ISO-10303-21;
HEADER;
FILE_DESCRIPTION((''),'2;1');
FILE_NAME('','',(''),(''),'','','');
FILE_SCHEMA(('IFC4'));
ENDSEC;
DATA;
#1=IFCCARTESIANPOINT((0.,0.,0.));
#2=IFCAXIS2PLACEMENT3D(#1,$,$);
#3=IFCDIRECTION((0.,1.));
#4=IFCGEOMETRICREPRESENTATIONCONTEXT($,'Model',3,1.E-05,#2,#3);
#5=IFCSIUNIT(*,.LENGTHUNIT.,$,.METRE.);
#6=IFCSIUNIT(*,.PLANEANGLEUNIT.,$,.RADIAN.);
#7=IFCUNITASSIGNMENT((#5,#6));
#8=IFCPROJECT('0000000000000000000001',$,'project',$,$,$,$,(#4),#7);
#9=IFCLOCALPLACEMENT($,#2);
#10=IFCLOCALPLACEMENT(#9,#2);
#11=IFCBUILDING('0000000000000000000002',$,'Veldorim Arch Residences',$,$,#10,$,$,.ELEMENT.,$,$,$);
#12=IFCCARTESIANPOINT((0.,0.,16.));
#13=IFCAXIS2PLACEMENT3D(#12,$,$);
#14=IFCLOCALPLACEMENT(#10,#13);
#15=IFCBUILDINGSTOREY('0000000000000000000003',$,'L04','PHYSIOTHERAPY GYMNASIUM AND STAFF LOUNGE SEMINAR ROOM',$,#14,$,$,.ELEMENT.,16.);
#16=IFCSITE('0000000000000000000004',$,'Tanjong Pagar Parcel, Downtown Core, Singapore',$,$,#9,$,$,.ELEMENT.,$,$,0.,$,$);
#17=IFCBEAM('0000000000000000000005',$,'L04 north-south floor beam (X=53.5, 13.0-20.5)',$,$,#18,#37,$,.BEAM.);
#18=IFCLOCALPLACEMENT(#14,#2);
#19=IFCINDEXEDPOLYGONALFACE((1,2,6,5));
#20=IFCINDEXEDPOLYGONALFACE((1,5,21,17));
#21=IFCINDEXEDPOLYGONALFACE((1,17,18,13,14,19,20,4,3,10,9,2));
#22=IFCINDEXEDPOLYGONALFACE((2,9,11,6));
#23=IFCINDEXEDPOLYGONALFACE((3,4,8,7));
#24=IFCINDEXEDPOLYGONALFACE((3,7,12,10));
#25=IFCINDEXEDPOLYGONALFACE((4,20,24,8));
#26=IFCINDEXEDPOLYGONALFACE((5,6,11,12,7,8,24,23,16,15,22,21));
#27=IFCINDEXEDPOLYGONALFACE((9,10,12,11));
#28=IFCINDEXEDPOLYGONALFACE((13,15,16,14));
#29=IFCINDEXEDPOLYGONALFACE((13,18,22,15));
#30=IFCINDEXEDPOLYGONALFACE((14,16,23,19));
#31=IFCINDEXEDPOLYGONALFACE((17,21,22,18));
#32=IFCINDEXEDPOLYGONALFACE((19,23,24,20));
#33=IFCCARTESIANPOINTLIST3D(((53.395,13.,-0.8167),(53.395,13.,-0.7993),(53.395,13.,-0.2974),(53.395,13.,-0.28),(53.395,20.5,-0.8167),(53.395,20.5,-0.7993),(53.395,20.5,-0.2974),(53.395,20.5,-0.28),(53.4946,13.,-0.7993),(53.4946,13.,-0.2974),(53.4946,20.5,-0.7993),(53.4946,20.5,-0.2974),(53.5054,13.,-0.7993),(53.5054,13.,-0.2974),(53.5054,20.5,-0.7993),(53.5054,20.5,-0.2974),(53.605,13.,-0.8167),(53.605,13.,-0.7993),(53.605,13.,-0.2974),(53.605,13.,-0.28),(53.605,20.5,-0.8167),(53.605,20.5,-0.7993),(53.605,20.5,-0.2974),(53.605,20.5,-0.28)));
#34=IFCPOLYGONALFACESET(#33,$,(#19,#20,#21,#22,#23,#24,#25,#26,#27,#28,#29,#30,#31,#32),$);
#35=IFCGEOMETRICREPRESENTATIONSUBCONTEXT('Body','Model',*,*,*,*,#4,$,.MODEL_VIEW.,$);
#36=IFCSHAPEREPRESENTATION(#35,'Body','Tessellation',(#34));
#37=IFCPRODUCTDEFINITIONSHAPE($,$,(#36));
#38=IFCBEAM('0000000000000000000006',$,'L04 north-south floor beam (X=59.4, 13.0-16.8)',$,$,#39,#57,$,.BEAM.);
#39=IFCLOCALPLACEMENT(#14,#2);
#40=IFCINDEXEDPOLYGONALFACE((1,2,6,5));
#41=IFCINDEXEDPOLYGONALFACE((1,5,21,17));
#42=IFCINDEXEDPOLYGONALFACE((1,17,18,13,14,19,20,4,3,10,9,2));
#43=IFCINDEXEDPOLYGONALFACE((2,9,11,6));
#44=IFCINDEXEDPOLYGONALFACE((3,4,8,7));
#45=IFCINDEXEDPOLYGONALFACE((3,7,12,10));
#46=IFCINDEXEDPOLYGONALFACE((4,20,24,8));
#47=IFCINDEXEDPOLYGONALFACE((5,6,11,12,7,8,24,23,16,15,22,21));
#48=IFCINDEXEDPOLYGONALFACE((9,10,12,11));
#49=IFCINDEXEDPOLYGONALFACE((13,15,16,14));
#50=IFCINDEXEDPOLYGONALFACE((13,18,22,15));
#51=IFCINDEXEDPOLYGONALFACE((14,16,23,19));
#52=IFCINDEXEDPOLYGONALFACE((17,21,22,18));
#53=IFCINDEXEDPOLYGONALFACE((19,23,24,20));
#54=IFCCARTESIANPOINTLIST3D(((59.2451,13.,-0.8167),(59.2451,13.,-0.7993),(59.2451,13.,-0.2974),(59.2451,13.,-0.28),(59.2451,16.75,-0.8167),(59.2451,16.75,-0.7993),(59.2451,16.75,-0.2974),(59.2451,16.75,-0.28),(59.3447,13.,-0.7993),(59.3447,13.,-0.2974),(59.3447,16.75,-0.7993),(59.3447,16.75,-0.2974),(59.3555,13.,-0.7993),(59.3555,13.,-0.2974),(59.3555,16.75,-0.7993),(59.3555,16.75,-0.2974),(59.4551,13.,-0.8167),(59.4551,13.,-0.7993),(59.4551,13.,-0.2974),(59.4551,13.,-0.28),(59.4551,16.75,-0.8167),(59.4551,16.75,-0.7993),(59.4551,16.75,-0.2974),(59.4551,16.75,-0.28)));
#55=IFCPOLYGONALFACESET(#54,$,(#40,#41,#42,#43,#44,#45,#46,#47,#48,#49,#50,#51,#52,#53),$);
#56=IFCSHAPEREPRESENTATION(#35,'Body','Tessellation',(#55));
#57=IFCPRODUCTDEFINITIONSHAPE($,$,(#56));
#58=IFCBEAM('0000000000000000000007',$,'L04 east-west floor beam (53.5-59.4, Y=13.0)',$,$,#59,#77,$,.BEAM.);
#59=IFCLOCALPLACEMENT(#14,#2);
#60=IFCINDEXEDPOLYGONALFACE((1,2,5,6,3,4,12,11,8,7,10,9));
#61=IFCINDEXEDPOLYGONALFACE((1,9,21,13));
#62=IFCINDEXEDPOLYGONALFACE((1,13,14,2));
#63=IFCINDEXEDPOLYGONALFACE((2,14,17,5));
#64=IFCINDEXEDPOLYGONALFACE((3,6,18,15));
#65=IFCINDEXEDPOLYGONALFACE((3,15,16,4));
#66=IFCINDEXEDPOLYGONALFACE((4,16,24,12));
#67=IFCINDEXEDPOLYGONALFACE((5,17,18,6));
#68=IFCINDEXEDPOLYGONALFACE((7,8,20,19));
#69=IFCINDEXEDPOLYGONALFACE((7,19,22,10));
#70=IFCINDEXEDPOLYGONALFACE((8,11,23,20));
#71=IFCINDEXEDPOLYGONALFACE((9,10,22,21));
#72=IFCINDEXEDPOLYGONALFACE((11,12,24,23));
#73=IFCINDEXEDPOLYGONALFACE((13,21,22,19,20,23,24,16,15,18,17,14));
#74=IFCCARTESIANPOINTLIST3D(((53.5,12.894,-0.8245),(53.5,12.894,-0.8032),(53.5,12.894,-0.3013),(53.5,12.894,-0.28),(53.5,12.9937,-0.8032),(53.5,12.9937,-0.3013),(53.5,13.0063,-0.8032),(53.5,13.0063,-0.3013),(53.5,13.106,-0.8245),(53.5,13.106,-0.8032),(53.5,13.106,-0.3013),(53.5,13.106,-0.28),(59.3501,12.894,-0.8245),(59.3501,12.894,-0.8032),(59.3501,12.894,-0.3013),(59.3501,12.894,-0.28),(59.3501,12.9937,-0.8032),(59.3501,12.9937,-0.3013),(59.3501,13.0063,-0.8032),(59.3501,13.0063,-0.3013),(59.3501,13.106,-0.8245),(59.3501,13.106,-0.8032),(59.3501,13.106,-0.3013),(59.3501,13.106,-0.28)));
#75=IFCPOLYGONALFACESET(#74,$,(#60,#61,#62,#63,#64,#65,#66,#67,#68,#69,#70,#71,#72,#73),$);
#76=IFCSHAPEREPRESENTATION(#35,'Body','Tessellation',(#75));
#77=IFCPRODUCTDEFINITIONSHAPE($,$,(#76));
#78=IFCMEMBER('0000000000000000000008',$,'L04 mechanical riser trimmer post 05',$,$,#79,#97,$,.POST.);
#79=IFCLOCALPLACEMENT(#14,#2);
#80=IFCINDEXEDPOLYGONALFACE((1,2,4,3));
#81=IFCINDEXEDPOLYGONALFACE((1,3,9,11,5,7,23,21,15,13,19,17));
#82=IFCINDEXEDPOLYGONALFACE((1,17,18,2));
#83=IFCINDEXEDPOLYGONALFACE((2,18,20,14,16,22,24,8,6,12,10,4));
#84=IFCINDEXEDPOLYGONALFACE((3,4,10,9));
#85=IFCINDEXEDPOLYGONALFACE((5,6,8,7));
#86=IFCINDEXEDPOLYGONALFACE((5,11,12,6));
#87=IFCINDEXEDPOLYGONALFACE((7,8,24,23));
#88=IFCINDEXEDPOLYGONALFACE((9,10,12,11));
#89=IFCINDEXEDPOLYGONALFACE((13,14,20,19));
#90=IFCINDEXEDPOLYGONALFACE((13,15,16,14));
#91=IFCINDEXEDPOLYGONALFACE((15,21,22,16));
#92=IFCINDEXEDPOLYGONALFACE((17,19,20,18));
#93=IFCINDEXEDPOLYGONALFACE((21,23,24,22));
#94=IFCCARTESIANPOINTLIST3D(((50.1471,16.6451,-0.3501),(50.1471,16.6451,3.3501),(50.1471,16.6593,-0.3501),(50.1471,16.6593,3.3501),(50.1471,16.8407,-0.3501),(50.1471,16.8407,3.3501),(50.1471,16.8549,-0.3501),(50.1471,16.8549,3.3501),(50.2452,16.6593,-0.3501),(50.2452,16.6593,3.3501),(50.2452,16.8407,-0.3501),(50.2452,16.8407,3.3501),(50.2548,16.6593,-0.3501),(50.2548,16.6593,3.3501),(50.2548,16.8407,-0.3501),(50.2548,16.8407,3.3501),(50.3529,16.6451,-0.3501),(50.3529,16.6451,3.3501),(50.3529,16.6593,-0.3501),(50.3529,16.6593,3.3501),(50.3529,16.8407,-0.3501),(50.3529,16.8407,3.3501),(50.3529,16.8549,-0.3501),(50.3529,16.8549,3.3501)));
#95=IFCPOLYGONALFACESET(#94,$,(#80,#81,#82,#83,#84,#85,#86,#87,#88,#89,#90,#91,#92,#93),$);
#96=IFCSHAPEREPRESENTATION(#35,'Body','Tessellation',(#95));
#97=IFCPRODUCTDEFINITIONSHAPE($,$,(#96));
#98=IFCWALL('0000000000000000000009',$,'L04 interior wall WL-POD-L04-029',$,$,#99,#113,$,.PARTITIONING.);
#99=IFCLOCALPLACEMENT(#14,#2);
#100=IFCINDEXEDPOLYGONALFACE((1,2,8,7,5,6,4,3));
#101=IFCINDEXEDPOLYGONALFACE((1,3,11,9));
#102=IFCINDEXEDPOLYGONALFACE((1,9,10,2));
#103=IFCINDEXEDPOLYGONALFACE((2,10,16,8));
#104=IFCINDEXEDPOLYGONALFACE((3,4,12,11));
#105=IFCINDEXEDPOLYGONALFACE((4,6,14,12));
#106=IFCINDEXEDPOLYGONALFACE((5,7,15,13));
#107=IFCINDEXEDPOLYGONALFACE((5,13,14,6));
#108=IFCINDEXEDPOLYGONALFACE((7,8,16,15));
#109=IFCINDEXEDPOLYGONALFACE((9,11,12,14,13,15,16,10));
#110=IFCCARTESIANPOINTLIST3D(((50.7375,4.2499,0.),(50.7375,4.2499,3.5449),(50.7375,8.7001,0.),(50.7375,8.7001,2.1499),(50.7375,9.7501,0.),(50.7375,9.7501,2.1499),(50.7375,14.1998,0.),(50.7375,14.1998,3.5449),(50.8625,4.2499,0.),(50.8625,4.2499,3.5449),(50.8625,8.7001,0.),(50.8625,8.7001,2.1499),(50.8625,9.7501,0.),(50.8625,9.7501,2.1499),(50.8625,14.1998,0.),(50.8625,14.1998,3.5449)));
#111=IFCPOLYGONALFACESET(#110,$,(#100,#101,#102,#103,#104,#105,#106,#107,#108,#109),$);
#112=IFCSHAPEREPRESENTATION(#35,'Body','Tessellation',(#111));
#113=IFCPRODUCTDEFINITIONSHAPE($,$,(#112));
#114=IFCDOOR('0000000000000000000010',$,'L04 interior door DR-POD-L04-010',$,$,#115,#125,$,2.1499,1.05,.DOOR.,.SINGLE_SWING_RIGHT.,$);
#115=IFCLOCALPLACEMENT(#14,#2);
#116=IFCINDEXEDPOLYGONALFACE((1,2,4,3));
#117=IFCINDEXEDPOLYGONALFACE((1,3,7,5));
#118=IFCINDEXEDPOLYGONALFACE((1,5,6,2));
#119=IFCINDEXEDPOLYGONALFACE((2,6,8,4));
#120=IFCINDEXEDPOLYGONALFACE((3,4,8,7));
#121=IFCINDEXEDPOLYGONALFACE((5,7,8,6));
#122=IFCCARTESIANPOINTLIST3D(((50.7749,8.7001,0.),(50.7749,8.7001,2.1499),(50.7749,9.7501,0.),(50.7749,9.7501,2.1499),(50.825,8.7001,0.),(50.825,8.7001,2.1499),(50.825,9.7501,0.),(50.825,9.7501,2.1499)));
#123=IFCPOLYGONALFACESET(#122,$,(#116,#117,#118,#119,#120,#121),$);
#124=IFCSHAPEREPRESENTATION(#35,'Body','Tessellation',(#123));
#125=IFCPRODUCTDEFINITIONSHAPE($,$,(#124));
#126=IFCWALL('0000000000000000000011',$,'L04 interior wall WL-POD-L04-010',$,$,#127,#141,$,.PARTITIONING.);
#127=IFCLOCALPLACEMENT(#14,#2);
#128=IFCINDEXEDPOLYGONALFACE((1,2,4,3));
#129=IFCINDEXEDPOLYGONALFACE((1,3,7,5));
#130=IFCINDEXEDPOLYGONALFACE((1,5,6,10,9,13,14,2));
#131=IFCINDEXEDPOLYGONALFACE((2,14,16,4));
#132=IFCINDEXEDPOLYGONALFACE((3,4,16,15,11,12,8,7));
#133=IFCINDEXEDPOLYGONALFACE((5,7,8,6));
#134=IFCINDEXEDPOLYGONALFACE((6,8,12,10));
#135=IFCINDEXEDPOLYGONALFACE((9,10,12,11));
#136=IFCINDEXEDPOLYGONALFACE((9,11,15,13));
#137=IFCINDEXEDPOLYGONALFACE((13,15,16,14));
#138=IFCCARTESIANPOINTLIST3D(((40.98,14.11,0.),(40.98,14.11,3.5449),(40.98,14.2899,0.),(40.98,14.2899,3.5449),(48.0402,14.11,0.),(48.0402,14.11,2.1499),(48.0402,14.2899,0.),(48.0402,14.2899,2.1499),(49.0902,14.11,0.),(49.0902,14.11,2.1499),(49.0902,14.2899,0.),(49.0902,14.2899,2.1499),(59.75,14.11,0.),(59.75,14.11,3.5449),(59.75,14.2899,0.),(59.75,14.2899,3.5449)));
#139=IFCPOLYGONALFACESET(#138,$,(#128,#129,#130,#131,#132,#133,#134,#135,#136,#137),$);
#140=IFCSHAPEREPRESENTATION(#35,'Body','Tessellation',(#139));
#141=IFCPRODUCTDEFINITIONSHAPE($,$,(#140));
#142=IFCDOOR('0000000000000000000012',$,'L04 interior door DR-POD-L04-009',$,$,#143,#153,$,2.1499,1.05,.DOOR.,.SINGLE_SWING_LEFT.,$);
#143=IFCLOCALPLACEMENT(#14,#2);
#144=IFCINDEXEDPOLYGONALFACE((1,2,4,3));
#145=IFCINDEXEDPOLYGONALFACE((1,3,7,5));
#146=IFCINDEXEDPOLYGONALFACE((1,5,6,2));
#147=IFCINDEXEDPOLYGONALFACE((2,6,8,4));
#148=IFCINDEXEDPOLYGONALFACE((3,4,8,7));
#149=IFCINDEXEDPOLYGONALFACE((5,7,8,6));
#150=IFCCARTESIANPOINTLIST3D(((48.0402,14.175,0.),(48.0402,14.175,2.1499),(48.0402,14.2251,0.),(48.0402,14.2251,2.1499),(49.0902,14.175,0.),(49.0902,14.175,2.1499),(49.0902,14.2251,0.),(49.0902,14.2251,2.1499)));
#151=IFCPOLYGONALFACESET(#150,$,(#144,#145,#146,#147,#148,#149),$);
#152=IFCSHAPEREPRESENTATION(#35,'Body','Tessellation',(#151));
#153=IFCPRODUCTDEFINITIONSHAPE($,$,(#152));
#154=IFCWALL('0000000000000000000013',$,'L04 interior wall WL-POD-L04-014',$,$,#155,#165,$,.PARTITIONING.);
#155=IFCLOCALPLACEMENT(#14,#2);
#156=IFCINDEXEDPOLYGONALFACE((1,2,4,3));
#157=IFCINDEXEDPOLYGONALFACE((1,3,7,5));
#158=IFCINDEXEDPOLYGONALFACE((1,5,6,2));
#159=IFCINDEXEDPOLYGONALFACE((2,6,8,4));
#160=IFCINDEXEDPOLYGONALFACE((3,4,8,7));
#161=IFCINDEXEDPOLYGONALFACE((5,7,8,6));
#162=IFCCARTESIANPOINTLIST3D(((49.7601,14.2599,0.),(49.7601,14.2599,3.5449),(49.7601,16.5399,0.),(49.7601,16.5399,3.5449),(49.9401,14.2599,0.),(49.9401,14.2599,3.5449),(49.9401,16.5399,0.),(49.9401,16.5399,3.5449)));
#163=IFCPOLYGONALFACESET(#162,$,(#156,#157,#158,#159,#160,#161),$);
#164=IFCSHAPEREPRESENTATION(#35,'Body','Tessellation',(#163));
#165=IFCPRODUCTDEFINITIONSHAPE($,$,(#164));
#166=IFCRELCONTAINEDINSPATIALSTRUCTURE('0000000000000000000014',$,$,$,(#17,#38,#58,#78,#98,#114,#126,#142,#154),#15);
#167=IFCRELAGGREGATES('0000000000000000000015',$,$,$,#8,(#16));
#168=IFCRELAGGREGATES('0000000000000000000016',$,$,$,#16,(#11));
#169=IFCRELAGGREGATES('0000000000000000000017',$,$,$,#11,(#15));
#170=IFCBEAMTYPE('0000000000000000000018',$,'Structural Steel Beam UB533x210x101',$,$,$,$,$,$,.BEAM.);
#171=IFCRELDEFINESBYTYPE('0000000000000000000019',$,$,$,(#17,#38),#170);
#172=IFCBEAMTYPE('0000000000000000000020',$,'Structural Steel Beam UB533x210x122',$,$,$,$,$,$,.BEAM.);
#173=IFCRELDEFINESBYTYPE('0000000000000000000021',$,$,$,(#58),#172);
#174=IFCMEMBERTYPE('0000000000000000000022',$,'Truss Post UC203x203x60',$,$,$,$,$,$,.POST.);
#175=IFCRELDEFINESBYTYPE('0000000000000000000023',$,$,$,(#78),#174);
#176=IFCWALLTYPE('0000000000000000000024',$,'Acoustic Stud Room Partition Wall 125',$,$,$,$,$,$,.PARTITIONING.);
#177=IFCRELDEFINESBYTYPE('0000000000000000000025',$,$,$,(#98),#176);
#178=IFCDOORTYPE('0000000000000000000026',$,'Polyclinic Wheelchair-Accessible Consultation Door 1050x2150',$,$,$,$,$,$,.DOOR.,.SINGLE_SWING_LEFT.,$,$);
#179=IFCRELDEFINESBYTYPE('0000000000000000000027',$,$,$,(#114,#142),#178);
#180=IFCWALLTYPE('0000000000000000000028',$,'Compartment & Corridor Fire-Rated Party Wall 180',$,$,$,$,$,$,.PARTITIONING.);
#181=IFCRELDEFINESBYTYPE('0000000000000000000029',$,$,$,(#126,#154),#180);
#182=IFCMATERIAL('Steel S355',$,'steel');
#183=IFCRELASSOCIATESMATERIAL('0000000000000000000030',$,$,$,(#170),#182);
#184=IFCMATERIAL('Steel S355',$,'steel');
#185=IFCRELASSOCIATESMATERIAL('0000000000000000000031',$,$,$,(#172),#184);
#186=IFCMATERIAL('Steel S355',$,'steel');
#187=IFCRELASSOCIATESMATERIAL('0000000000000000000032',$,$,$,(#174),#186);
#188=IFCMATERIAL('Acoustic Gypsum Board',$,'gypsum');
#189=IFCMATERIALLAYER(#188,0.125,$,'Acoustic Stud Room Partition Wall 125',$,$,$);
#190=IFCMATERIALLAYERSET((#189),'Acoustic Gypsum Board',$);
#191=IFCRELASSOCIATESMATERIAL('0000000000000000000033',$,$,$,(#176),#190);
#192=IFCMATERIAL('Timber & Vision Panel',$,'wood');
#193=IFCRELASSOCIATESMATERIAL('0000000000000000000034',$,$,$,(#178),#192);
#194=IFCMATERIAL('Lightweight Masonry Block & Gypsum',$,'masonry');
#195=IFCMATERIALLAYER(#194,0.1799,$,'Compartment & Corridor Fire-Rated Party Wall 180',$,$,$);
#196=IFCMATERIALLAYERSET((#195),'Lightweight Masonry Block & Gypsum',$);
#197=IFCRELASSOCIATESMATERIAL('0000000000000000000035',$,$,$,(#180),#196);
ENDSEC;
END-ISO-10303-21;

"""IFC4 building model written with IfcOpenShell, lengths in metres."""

from ifc_helpers import new_model, si_unit, direction, frame, frame_2d, origin, origin_2d, place, context, subcontext, project, spatial, rectangle, i_section, extrude, material, layer, layer_set, material_profile, profile_set, type_object, element, fill, save


model = new_model("IFC4")

# Units and contexts
model_context = context("Model", 3, precision=1e-05, world=origin(), true_north=direction((0.0, 1.0)))
body_context = subcontext(model_context, "Body", "Model", "MODEL_VIEW")
ifc_project = project(units=[si_unit("LENGTHUNIT", "METRE"), si_unit("PLANEANGLEUNIT", "RADIAN")], contexts=[model_context])

# Site, building, storey
site_placement = place(None, origin())
site = spatial("IfcSite", under=ifc_project, at=site_placement, Name="Tanjong Pagar Parcel, Downtown Core, Singapore", CompositionType="ELEMENT", RefElevation=0.0)
building_placement = place(site_placement, origin())
building = spatial("IfcBuilding", under=site, at=building_placement, Name="Veldorim Arch Residences", CompositionType="ELEMENT")
storey_placement = place(building_placement, frame((0.0, 0.0, 16.0)))
storey = spatial("IfcBuildingStorey", under=building, at=storey_placement, Name="L04", Description="PHYSIOTHERAPY GYMNASIUM AND STAFF LOUNGE SEMINAR ROOM", CompositionType="ELEMENT", Elevation=16.0)

# Beams
ifc_material_1 = material(Name="Steel S355", Category="steel")
ifc_material_profile_1 = material_profile(ifc_material_1, i_section(OverallWidth=0.21, OverallDepth=0.5366, WebThickness=0.0107, FlangeThickness=0.0173, at=origin_2d()), Name="UB533x210x101")
ifc_profile_set_1 = profile_set([ifc_material_profile_1], Name="Steel S355")
beam_type_1 = type_object("IfcBeamType", Name="Structural Steel Beam UB533x210x101", PredefinedType="BEAM", material=ifc_profile_set_1)
beam_1_placement = place(storey_placement, frame((53.5, 13.0, -0.5483), z_axis=(0.0, 1.0, 0.0), x_axis=(-1.0, 0.0, 0.0)))
element("IfcBeam", 1, at=beam_1_placement, inside=storey, type_object=beam_type_1, Name="L04 north-south floor beam (X=53.5, 13.0-20.5)", PredefinedType="BEAM", context=body_context, shape_type="SweptSolid", body=[
    extrude(i_section(OverallWidth=0.21, OverallDepth=0.5366, WebThickness=0.0107, FlangeThickness=0.0173, at=origin_2d()), origin(), (0.0, 0.0, 1.0), 7.5),
])
beam_2_placement = place(storey_placement, frame((59.3501, 13.0, -0.5483), z_axis=(0.0, 1.0, 0.0), x_axis=(-1.0, 0.0, 0.0)))
element("IfcBeam", 2, at=beam_2_placement, inside=storey, type_object=beam_type_1, Name="L04 north-south floor beam (X=59.4, 13.0-16.8)", PredefinedType="BEAM", context=body_context, shape_type="SweptSolid", body=[
    extrude(i_section(OverallWidth=0.21, OverallDepth=0.5366, WebThickness=0.0107, FlangeThickness=0.0173, at=origin_2d()), origin(), (0.0, 0.0, 1.0), 3.75),
])
ifc_material_2 = material(Name="Steel S355", Category="steel")
ifc_material_profile_2 = material_profile(ifc_material_2, i_section(OverallWidth=0.2119, OverallDepth=0.5444, WebThickness=0.0127, FlangeThickness=0.0212, at=origin_2d()), Name="UB533x210x122")
ifc_profile_set_2 = profile_set([ifc_material_profile_2], Name="Steel S355")
beam_type_2 = type_object("IfcBeamType", Name="Structural Steel Beam UB533x210x122", PredefinedType="BEAM", material=ifc_profile_set_2)
beam_3_placement = place(storey_placement, frame((53.5, 13.0, -0.5522), z_axis=(1.0, 0.0, 0.0), x_axis=(0.0, 1.0, 0.0)))
element("IfcBeam", 3, at=beam_3_placement, inside=storey, type_object=beam_type_2, Name="L04 east-west floor beam (53.5-59.4, Y=13.0)", PredefinedType="BEAM", context=body_context, shape_type="SweptSolid", body=[
    extrude(i_section(OverallWidth=0.2119, OverallDepth=0.5444, WebThickness=0.0127, FlangeThickness=0.0212, at=origin_2d()), origin(), (0.0, 0.0, 1.0), 5.8501),
])

# Member
ifc_material_3 = material(Name="Steel S355", Category="steel")
ifc_material_profile_3 = material_profile(ifc_material_3, i_section(OverallWidth=0.2058, OverallDepth=0.2097, WebThickness=0.0095, FlangeThickness=0.0142, at=origin_2d()), Name="UC203x203x60")
ifc_profile_set_3 = profile_set([ifc_material_profile_3], Name="Steel S355")
member_type = type_object("IfcMemberType", Name="Truss Post UC203x203x60", PredefinedType="POST", material=ifc_profile_set_3)
member_placement = place(storey_placement, frame((50.25, 16.75, -0.3501), z_axis=(0.0, 0.0, 1.0), x_axis=(1.0, 0.0, 0.0)))
element("IfcMember", 4, at=member_placement, inside=storey, type_object=member_type, Name="L04 mechanical riser trimmer post 05", PredefinedType="POST", context=body_context, shape_type="SweptSolid", body=[
    extrude(i_section(OverallWidth=0.2058, OverallDepth=0.2097, WebThickness=0.0095, FlangeThickness=0.0142, at=origin_2d()), origin(), (0.0, 0.0, 1.0), 3.7002),
])

# Walls, openings, doors
ifc_material_4 = material(Name="Acoustic Gypsum Board", Category="gypsum")
ifc_layer_1 = layer(ifc_material_4, 0.125, Name="Acoustic Stud Room Partition Wall 125")
ifc_layer_set_1 = layer_set([ifc_layer_1], Name="Acoustic Gypsum Board")
wall_type_1 = type_object("IfcWallType", Name="Acoustic Stud Room Partition Wall 125", PredefinedType="PARTITIONING", material=ifc_layer_set_1)
wall_1_placement = place(storey_placement, frame((50.8, 14.2, 0.0), z_axis=(0.0, 0.0, 1.0), x_axis=(0.0, -1.0, 0.0)))
wall_1 = element("IfcWall", 5, at=wall_1_placement, inside=storey, type_object=wall_type_1, Name="L04 interior wall WL-POD-L04-029", PredefinedType="PARTITIONING", context=body_context, shape_type="SweptSolid", body=[
    extrude(rectangle(XDim=9.95, YDim=0.125, at=frame_2d((4.9751, 0.0))), origin(), (0.0, 0.0, 1.0), 3.5449),
])
opening_1_placement = place(wall_1_placement, frame((4.45, 0.0, 0.0)))
opening_1 = element("IfcOpeningElement", 6, at=opening_1_placement, cuts=wall_1, PredefinedType="OPENING", context=body_context, shape_type="SweptSolid", body=[
    extrude(rectangle(XDim=1.05, YDim=2.1499, at=frame_2d((0.5249, 1.075))), frame((0.0, 0.0725, 0.0), z_axis=(0.0, -1.0, 0.0), x_axis=(1.0, 0.0, 0.0)), (0.0, 0.0, 1.0), 0.145),
])
ifc_material_5 = material(Name="Timber & Vision Panel", Category="wood")
door_type = type_object("IfcDoorType", Name="Polyclinic Wheelchair-Accessible Consultation Door 1050x2150", OperationType="SINGLE_SWING_LEFT", PredefinedType="DOOR", material=ifc_material_5)
door_1_placement = place(opening_1_placement, origin())
door_1 = element("IfcDoor", 7, at=door_1_placement, inside=storey, type_object=door_type, Name="L04 interior door DR-POD-L04-010", OperationType="SINGLE_SWING_RIGHT", OverallHeight=2.1499, OverallWidth=1.05, PredefinedType="DOOR", context=body_context, shape_type="SweptSolid", body=[
    extrude(rectangle(XDim=1.05, YDim=2.1499, at=frame_2d((0.5249, 1.075))), frame((0.0, 0.0249, 0.0), z_axis=(0.0, -1.0, 0.0), x_axis=(1.0, 0.0, 0.0)), (0.0, 0.0, 1.0), 0.05),
])
fill(opening_1, door_1)
ifc_material_6 = material(Name="Lightweight Masonry Block & Gypsum", Category="masonry")
ifc_layer_2 = layer(ifc_material_6, 0.1799, Name="Compartment & Corridor Fire-Rated Party Wall 180")
ifc_layer_set_2 = layer_set([ifc_layer_2], Name="Lightweight Masonry Block & Gypsum")
wall_type_2 = type_object("IfcWallType", Name="Compartment & Corridor Fire-Rated Party Wall 180", PredefinedType="PARTITIONING", material=ifc_layer_set_2)
wall_2_placement = place(storey_placement, frame((59.75, 14.2, 0.0), z_axis=(0.0, 0.0, 1.0), x_axis=(-1.0, 0.0, 0.0)))
wall_2 = element("IfcWall", 8, at=wall_2_placement, inside=storey, type_object=wall_type_2, Name="L04 interior wall WL-POD-L04-010", PredefinedType="PARTITIONING", context=body_context, shape_type="SweptSolid", body=[
    extrude(rectangle(XDim=18.77, YDim=0.1799, at=frame_2d((9.385, 0.0))), origin(), (0.0, 0.0, 1.0), 3.5449),
])
opening_2_placement = place(wall_2_placement, frame((10.6599, 0.0, 0.0)))
opening_2 = element("IfcOpeningElement", 9, at=opening_2_placement, cuts=wall_2, PredefinedType="OPENING", context=body_context, shape_type="SweptSolid", body=[
    extrude(rectangle(XDim=1.05, YDim=2.1499, at=frame_2d((0.5249, 1.075))), frame((0.0, 0.0999, 0.0), z_axis=(0.0, -1.0, 0.0), x_axis=(1.0, 0.0, 0.0)), (0.0, 0.0, 1.0), 0.2),
])
door_2_placement = place(opening_2_placement, origin())
door_2 = element("IfcDoor", 10, at=door_2_placement, inside=storey, type_object=door_type, Name="L04 interior door DR-POD-L04-009", OperationType="SINGLE_SWING_LEFT", OverallHeight=2.1499, OverallWidth=1.05, PredefinedType="DOOR", context=body_context, shape_type="SweptSolid", body=[
    extrude(rectangle(XDim=1.05, YDim=2.1499, at=frame_2d((0.5249, 1.075))), frame((0.0, 0.0249, 0.0), z_axis=(0.0, -1.0, 0.0), x_axis=(1.0, 0.0, 0.0)), (0.0, 0.0, 1.0), 0.05),
])
fill(opening_2, door_2)

# Wall
wall_3_placement = place(storey_placement, frame((49.8501, 16.54, 0.0), z_axis=(0.0, 0.0, 1.0), x_axis=(0.0, -1.0, 0.0)))
element("IfcWall", 11, at=wall_3_placement, inside=storey, type_object=wall_type_2, Name="L04 interior wall WL-POD-L04-014", PredefinedType="PARTITIONING", context=body_context, shape_type="SweptSolid", body=[
    extrude(rectangle(XDim=2.28, YDim=0.1799, at=frame_2d((1.1401, 0.0))), origin(), (0.0, 0.0, 1.0), 3.5449),
])

save(model, "model.ifc")
